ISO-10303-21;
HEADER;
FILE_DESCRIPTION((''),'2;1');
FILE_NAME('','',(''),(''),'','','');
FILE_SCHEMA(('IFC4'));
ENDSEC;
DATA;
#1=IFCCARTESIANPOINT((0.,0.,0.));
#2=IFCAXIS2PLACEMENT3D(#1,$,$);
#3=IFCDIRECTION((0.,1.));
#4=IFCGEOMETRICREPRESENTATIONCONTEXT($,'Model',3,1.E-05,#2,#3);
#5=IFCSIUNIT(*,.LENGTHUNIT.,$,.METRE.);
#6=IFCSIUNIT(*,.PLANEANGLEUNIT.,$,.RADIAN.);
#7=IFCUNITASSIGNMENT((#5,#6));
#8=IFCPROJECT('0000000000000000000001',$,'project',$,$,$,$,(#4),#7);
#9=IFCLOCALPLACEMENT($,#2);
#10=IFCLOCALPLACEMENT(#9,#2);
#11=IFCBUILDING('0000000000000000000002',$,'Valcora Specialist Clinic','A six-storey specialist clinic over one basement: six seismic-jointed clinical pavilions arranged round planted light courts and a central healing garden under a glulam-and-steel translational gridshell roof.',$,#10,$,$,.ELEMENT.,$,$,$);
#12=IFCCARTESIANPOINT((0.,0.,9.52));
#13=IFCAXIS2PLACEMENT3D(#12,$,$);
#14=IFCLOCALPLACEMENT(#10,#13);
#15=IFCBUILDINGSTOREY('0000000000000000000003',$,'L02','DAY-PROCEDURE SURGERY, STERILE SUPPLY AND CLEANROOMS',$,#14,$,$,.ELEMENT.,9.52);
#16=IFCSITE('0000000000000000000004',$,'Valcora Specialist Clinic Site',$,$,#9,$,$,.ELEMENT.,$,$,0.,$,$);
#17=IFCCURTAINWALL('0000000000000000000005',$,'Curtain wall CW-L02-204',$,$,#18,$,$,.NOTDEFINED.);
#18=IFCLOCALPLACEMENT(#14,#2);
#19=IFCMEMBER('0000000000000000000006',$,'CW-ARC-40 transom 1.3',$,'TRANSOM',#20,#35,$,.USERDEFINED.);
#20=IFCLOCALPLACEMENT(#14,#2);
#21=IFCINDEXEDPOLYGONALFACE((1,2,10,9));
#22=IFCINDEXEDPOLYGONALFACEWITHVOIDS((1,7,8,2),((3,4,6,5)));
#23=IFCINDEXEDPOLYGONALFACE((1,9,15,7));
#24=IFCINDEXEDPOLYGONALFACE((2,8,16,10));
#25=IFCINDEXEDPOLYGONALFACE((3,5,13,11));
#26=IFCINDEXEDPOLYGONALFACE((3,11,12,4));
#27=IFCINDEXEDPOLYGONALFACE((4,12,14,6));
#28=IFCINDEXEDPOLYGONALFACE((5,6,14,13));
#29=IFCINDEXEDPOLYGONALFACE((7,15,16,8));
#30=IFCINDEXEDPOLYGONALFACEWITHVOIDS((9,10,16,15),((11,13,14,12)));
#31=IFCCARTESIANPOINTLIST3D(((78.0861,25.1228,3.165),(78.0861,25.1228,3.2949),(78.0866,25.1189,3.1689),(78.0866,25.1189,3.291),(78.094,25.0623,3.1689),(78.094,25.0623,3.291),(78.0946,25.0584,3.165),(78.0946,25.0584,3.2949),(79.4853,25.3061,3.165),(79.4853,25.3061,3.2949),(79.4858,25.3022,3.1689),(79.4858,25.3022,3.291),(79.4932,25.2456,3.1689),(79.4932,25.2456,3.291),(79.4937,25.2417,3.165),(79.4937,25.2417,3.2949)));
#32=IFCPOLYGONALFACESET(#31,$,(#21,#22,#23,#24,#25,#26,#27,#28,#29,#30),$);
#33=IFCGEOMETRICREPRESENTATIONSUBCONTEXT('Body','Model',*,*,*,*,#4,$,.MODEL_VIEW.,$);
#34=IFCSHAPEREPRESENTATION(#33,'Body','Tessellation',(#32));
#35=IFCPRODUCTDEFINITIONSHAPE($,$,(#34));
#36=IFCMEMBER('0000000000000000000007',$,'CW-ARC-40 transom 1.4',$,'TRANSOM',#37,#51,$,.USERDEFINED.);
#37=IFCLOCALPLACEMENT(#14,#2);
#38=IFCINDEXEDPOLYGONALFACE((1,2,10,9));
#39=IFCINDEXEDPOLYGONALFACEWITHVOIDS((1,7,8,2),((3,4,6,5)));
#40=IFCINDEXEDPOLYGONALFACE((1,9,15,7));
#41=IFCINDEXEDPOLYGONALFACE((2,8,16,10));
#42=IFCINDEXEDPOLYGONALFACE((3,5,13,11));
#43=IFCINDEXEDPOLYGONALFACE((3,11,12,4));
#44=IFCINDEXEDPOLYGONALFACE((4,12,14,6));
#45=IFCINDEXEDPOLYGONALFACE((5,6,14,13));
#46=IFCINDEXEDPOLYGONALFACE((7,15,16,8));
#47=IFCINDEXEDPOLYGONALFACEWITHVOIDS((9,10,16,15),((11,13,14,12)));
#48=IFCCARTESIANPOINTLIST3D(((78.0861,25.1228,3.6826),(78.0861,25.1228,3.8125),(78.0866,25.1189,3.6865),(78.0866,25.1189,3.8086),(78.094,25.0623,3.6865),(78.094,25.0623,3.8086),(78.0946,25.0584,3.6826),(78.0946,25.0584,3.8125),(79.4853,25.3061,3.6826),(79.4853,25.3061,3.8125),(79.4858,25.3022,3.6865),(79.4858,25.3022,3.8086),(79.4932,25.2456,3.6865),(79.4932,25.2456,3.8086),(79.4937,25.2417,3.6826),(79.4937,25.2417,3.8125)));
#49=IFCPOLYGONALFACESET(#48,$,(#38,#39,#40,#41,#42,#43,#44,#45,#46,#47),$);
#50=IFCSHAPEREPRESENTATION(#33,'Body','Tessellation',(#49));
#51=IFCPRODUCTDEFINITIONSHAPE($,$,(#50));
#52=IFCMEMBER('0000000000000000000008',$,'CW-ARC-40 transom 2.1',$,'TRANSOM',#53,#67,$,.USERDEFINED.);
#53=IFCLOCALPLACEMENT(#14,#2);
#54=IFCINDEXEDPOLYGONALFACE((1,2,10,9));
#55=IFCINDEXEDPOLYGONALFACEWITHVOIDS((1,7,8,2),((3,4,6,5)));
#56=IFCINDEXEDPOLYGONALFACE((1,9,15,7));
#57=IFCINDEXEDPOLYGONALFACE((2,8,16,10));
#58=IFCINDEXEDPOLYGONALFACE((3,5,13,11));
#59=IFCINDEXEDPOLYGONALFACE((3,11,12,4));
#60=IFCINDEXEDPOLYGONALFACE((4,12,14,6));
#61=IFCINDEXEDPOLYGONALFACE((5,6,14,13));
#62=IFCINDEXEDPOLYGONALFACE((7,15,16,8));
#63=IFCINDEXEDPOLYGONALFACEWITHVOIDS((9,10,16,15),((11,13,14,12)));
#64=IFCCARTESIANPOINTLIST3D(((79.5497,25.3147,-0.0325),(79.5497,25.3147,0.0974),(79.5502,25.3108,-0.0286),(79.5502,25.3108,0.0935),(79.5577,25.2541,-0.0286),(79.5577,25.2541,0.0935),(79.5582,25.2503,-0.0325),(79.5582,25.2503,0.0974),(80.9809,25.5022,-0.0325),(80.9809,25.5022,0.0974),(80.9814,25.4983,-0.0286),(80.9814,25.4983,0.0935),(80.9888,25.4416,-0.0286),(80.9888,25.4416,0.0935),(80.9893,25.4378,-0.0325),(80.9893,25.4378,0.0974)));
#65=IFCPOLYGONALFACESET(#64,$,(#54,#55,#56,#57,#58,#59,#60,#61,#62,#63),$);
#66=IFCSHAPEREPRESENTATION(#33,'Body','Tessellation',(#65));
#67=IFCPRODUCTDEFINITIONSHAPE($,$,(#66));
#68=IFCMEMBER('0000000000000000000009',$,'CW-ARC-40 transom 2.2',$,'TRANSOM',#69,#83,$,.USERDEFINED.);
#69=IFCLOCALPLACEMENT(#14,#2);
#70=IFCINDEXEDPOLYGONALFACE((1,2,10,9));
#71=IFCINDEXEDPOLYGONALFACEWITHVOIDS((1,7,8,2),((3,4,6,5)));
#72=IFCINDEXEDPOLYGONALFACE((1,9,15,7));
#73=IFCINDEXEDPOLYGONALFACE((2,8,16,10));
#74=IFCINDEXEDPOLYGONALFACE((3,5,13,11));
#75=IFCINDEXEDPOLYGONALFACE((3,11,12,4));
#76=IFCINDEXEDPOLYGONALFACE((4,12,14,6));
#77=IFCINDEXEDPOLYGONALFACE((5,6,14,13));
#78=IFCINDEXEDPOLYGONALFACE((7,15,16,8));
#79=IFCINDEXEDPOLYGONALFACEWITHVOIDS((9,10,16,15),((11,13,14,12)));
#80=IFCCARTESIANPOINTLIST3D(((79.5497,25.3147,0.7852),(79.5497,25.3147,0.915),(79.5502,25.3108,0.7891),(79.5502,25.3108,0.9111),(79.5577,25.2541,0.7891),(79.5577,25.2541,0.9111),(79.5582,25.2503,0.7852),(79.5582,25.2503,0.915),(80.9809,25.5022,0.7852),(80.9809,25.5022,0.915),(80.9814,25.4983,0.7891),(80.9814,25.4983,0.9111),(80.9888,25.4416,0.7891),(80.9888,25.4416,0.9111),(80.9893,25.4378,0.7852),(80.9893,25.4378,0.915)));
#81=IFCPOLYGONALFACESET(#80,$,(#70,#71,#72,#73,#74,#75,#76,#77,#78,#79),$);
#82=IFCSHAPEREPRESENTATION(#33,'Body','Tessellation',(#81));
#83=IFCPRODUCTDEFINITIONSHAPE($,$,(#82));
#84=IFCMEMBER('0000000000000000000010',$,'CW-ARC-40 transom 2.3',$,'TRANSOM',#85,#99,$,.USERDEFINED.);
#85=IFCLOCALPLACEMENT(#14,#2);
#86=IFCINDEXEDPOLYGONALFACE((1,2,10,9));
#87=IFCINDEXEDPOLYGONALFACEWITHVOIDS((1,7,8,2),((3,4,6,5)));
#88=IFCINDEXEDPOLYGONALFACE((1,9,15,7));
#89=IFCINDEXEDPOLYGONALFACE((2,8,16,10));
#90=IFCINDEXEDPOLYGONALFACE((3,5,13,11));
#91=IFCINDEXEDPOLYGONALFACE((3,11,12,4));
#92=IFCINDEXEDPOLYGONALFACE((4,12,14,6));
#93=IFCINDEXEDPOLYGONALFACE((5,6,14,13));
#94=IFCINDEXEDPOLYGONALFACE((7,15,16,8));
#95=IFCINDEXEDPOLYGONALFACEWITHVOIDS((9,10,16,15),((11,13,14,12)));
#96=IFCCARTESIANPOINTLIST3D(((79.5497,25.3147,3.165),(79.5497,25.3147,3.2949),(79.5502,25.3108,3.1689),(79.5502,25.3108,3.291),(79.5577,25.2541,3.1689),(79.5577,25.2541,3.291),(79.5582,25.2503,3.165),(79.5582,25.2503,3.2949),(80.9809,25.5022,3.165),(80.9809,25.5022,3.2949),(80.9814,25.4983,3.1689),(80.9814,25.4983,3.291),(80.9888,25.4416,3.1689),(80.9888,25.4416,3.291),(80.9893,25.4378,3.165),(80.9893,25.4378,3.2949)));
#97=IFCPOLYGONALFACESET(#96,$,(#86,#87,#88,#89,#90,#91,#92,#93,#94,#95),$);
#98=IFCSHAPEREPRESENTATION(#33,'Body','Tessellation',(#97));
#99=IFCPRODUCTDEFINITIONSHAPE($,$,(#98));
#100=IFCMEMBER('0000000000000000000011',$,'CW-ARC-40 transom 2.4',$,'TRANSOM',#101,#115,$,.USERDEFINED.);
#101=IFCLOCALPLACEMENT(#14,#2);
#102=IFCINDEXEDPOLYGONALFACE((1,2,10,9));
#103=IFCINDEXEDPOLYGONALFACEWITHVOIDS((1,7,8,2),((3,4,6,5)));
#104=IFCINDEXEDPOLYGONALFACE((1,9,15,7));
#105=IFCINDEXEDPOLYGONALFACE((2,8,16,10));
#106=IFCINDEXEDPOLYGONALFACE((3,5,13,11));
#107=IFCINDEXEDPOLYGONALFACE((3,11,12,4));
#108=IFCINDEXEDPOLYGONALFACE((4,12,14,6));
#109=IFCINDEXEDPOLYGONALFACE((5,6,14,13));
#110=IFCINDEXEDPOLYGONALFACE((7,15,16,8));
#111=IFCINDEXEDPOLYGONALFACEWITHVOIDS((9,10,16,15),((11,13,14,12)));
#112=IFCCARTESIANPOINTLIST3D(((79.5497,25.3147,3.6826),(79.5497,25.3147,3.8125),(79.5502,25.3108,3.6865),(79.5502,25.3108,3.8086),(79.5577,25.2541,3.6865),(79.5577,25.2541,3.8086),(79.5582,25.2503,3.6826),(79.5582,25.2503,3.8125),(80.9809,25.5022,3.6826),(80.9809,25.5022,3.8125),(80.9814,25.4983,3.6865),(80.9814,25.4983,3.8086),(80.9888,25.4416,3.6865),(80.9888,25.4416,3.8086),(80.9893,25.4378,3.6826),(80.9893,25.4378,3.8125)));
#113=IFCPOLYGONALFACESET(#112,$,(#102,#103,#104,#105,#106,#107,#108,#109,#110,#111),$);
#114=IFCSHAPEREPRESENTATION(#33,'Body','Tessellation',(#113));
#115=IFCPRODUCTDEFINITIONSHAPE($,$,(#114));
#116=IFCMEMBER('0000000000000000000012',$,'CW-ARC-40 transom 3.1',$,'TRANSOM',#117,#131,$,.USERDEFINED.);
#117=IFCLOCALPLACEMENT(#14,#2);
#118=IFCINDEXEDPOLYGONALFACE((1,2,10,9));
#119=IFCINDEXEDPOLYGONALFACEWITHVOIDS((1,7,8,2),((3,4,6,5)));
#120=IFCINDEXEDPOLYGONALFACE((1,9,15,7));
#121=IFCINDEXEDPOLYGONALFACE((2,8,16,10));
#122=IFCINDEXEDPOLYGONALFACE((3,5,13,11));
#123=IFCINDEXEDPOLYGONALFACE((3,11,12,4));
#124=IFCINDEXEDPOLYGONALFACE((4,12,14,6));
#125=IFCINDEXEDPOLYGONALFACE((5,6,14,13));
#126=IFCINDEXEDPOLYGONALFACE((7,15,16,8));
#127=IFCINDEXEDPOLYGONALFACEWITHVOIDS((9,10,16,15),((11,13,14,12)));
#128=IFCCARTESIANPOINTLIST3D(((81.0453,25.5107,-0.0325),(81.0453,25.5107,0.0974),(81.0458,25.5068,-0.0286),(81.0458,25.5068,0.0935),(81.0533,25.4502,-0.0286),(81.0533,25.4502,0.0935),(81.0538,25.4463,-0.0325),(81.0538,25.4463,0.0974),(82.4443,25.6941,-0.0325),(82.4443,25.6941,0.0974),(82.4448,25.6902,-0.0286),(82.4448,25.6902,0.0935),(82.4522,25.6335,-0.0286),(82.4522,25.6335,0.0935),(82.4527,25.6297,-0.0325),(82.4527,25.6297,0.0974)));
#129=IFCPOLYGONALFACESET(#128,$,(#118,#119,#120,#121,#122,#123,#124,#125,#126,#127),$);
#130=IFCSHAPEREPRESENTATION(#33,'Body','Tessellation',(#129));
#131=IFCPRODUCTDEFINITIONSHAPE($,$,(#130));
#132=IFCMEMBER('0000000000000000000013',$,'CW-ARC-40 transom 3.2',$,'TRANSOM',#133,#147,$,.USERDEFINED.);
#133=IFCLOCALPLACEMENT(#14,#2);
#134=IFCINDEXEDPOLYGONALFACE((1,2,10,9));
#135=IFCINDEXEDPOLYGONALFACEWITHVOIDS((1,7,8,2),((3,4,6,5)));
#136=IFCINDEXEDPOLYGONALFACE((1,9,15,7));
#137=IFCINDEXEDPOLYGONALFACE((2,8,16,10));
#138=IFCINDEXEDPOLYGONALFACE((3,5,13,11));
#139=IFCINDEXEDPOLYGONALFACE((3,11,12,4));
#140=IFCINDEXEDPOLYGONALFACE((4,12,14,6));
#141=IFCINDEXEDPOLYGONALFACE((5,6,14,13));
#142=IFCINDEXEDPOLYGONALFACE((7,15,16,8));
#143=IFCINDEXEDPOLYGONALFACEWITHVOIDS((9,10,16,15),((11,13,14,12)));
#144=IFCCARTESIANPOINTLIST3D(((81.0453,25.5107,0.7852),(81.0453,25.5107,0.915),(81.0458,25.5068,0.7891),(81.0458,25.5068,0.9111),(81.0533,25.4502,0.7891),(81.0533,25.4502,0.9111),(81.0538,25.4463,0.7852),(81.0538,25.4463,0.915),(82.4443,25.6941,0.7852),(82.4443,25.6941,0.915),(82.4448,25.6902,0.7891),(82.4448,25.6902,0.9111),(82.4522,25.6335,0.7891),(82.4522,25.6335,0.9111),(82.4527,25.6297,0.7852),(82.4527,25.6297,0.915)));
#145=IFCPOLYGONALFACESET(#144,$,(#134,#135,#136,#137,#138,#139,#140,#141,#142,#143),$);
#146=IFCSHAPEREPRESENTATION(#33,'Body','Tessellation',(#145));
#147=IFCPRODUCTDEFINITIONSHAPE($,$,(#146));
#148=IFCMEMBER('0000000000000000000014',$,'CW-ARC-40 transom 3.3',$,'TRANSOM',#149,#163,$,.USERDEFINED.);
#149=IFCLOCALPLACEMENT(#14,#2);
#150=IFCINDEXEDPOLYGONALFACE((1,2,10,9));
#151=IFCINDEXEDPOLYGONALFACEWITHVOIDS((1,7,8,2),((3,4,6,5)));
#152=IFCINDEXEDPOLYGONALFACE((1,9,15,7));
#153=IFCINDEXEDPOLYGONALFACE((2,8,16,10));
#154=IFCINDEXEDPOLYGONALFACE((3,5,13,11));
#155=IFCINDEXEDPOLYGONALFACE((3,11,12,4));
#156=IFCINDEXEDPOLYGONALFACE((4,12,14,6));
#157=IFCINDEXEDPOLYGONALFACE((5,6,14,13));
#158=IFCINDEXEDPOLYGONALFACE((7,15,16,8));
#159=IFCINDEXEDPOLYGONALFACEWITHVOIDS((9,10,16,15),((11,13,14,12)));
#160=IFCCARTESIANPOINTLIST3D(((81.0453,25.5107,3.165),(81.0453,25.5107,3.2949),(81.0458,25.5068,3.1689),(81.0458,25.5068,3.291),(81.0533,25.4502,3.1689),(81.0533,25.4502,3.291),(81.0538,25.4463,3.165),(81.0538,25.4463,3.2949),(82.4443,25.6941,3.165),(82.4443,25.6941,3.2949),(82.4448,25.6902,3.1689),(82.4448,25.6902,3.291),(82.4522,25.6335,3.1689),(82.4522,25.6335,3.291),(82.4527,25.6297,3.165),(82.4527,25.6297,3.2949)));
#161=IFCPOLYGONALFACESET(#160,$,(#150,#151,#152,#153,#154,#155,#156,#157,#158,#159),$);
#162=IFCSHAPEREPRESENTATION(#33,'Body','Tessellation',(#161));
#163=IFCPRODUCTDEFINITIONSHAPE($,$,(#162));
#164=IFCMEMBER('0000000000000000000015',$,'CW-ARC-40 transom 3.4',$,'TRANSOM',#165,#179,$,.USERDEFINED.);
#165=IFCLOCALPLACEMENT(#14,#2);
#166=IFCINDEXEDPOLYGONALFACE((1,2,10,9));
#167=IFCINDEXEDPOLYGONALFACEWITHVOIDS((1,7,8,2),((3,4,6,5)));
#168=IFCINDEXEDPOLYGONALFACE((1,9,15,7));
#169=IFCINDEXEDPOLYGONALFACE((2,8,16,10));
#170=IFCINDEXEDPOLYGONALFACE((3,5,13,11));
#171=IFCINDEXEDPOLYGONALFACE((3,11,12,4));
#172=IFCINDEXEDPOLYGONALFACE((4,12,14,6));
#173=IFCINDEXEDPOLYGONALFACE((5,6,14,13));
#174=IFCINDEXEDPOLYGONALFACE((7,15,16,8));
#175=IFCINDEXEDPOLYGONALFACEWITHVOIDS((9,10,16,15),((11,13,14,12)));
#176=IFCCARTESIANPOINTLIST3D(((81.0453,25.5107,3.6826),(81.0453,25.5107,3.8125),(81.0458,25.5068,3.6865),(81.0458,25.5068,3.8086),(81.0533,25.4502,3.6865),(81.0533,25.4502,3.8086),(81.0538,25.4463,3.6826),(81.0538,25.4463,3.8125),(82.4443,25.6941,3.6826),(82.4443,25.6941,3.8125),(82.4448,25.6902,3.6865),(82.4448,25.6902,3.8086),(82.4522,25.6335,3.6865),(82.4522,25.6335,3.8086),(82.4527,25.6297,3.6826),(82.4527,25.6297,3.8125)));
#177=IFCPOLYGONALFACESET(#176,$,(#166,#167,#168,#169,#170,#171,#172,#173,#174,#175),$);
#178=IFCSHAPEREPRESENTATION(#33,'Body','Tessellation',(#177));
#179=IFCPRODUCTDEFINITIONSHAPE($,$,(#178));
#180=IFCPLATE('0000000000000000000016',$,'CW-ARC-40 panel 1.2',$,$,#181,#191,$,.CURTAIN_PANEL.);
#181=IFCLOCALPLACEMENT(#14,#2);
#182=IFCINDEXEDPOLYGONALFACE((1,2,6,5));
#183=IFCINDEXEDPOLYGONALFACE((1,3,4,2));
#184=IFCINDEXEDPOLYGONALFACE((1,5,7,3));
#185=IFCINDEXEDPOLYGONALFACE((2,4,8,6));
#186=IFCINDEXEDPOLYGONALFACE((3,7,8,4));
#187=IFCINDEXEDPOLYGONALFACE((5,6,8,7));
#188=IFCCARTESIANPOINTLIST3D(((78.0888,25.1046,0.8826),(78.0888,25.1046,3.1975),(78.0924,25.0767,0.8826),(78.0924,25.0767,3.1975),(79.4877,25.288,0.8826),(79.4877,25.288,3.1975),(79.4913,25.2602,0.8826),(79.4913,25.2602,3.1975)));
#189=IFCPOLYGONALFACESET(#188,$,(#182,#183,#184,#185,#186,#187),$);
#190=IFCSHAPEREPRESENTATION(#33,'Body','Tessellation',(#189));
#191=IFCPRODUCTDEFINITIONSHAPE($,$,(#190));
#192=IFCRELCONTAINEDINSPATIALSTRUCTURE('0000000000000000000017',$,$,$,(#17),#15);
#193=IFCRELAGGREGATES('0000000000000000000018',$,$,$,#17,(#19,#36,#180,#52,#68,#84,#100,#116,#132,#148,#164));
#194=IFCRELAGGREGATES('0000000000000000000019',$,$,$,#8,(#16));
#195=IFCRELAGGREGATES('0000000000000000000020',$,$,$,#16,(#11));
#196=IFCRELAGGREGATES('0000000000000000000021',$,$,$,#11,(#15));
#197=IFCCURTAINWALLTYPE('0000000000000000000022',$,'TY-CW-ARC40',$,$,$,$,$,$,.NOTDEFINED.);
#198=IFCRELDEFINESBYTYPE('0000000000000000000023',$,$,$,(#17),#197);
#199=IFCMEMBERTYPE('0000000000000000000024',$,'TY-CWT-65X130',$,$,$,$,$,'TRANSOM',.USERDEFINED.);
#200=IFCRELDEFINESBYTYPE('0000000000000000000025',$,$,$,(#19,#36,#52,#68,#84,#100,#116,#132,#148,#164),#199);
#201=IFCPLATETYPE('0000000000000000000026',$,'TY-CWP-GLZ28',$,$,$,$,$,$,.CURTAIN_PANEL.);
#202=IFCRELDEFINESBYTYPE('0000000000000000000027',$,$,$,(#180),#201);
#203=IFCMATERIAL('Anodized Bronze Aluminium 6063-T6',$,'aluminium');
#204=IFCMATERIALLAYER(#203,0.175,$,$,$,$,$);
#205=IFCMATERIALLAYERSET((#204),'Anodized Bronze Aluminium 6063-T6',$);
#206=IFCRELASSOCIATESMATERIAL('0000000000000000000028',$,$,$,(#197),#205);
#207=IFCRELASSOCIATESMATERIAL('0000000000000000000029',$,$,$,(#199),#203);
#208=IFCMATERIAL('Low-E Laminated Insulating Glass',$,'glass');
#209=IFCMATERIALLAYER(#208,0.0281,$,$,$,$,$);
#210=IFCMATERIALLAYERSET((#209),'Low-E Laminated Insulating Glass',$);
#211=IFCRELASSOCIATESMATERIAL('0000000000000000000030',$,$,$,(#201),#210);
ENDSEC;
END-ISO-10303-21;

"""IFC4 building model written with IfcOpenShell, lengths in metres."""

from ifc_helpers import new_model, si_unit, direction, frame, origin, origin_2d, place, context, subcontext, project, spatial, rectangle, hollow_rectangle, extrude, material, layer, layer_set, material_profile, profile_set, type_object, element, aggregate, save


model = new_model("IFC4")

# Units and contexts
model_context = context("Model", 3, precision=1e-05, world=origin(), true_north=direction((0.0, 1.0)))
body_context = subcontext(model_context, "Body", "Model", "MODEL_VIEW")
ifc_project = project(units=[si_unit("LENGTHUNIT", "METRE"), si_unit("PLANEANGLEUNIT", "RADIAN")], contexts=[model_context])

# Site, building, storey
site_placement = place(None, origin())
site = spatial("IfcSite", under=ifc_project, at=site_placement, Name="Valcora Specialist Clinic Site", CompositionType="ELEMENT", RefElevation=0.0)
building_placement = place(site_placement, origin())
building = spatial("IfcBuilding", under=site, at=building_placement, Name="Valcora Specialist Clinic", Description="A six-storey specialist clinic over one basement: six seismic-jointed clinical pavilions arranged round planted light courts and a central healing garden under a glulam-and-steel translational gridshell roof.", CompositionType="ELEMENT")
storey_placement = place(building_placement, frame((0.0, 0.0, 9.52)))
storey = spatial("IfcBuildingStorey", under=building, at=storey_placement, Name="L02", Description="DAY-PROCEDURE SURGERY, STERILE SUPPLY AND CLEANROOMS", CompositionType="ELEMENT", Elevation=9.52)

# Curtain wall
ifc_material_1 = material(Name="Anodized Bronze Aluminium 6063-T6", Category="aluminium")
ifc_layer_1 = layer(ifc_material_1, 0.175)
ifc_layer_set_1 = layer_set([ifc_layer_1], Name="Anodized Bronze Aluminium 6063-T6")
curtain_wall_type = type_object("IfcCurtainWallType", Name="TY-CW-ARC40", PredefinedType="NOTDEFINED", material=ifc_layer_set_1)
curtain_wall_1_placement = place(storey_placement, origin())
curtain_wall_1 = element("IfcCurtainWall", 1, at=curtain_wall_1_placement, inside=storey, type_object=curtain_wall_type, Name="Curtain wall CW-L02-204", PredefinedType="NOTDEFINED")

# Members
ifc_material_profile_1 = material_profile(ifc_material_1, hollow_rectangle(XDim=0.0649, YDim=0.1299, WallThickness=0.0039, at=origin_2d()), Name="AL-TRN-65X130")
ifc_profile_set_1 = profile_set([ifc_material_profile_1], Name="Anodized Bronze Aluminium 6063-T6")
member_type_1 = type_object("IfcMemberType", Name="TY-CWT-65X130", ElementType="TRANSOM", PredefinedType="USERDEFINED", material=ifc_profile_set_1)
member_1_placement = place(storey_placement, frame((78.0903, 25.0906, 3.23), z_axis=(0.991523, 0.129931, 0.0), x_axis=(-0.129931, 0.991523, 0.0)))
member_1 = element("IfcMember", 2, at=member_1_placement, type_object=member_type_1, Name="CW-ARC-40 transom 1.3", ObjectType="TRANSOM", PredefinedType="USERDEFINED", context=body_context, shape_type="SweptSolid", body=[
    extrude(hollow_rectangle(XDim=0.0649, YDim=0.1299, WallThickness=0.0039, at=origin_2d()), origin(), (0.0, 0.0, 1.0), 1.4111),
])
member_2_placement = place(storey_placement, frame((78.0903, 25.0906, 3.7476), z_axis=(0.991523, 0.129931, 0.0), x_axis=(-0.129931, 0.991523, 0.0)))
member_2 = element("IfcMember", 3, at=member_2_placement, type_object=member_type_1, Name="CW-ARC-40 transom 1.4", ObjectType="TRANSOM", PredefinedType="USERDEFINED", context=body_context, shape_type="SweptSolid", body=[
    extrude(hollow_rectangle(XDim=0.0649, YDim=0.1299, WallThickness=0.0039, at=origin_2d()), origin(), (0.0, 0.0, 1.0), 1.4111),
])
member_3_placement = place(storey_placement, frame((79.554, 25.2825, 0.0325), z_axis=(0.991527, 0.129903, 0.0), x_axis=(-0.129903, 0.991527, 0.0)))
member_3 = element("IfcMember", 4, at=member_3_placement, type_object=member_type_1, Name="CW-ARC-40 transom 2.1", ObjectType="TRANSOM", PredefinedType="USERDEFINED", context=body_context, shape_type="SweptSolid", body=[
    extrude(hollow_rectangle(XDim=0.0649, YDim=0.1299, WallThickness=0.0039, at=origin_2d()), origin(), (0.0, 0.0, 1.0), 1.4434),
])
member_4_placement = place(storey_placement, frame((79.554, 25.2825, 0.8501), z_axis=(0.991527, 0.129903, 0.0), x_axis=(-0.129903, 0.991527, 0.0)))
member_4 = element("IfcMember", 5, at=member_4_placement, type_object=member_type_1, Name="CW-ARC-40 transom 2.2", ObjectType="TRANSOM", PredefinedType="USERDEFINED", context=body_context, shape_type="SweptSolid", body=[
    extrude(hollow_rectangle(XDim=0.0649, YDim=0.1299, WallThickness=0.0039, at=origin_2d()), origin(), (0.0, 0.0, 1.0), 1.4434),
])
member_5_placement = place(storey_placement, frame((79.554, 25.2825, 3.23), z_axis=(0.991527, 0.129903, 0.0), x_axis=(-0.129903, 0.991527, 0.0)))
member_5 = element("IfcMember", 6, at=member_5_placement, type_object=member_type_1, Name="CW-ARC-40 transom 2.3", ObjectType="TRANSOM", PredefinedType="USERDEFINED", context=body_context, shape_type="SweptSolid", body=[
    extrude(hollow_rectangle(XDim=0.0649, YDim=0.1299, WallThickness=0.0039, at=origin_2d()), origin(), (0.0, 0.0, 1.0), 1.4434),
])
member_6_placement = place(storey_placement, frame((79.554, 25.2825, 3.7476), z_axis=(0.991527, 0.129903, 0.0), x_axis=(-0.129903, 0.991527, 0.0)))
member_6 = element("IfcMember", 7, at=member_6_placement, type_object=member_type_1, Name="CW-ARC-40 transom 2.4", ObjectType="TRANSOM", PredefinedType="USERDEFINED", context=body_context, shape_type="SweptSolid", body=[
    extrude(hollow_rectangle(XDim=0.0649, YDim=0.1299, WallThickness=0.0039, at=origin_2d()), origin(), (0.0, 0.0, 1.0), 1.4434),
])
member_7_placement = place(storey_placement, frame((81.0496, 25.4785, 0.0325), z_axis=(0.99152, 0.129953, 0.0), x_axis=(-0.129953, 0.99152, 0.0)))
member_7 = element("IfcMember", 8, at=member_7_placement, type_object=member_type_1, Name="CW-ARC-40 transom 3.1", ObjectType="TRANSOM", PredefinedType="USERDEFINED", context=body_context, shape_type="SweptSolid", body=[
    extrude(hollow_rectangle(XDim=0.0649, YDim=0.1299, WallThickness=0.0039, at=origin_2d()), origin(), (0.0, 0.0, 1.0), 1.4109),
])
member_8_placement = place(storey_placement, frame((81.0496, 25.4785, 0.8501), z_axis=(0.99152, 0.129953, 0.0), x_axis=(-0.129953, 0.99152, 0.0)))
member_8 = element("IfcMember", 9, at=member_8_placement, type_object=member_type_1, Name="CW-ARC-40 transom 3.2", ObjectType="TRANSOM", PredefinedType="USERDEFINED", context=body_context, shape_type="SweptSolid", body=[
    extrude(hollow_rectangle(XDim=0.0649, YDim=0.1299, WallThickness=0.0039, at=origin_2d()), origin(), (0.0, 0.0, 1.0), 1.4109),
])
member_9_placement = place(storey_placement, frame((81.0496, 25.4785, 3.23), z_axis=(0.99152, 0.129953, 0.0), x_axis=(-0.129953, 0.99152, 0.0)))
member_9 = element("IfcMember", 10, at=member_9_placement, type_object=member_type_1, Name="CW-ARC-40 transom 3.3", ObjectType="TRANSOM", PredefinedType="USERDEFINED", context=body_context, shape_type="SweptSolid", body=[
    extrude(hollow_rectangle(XDim=0.0649, YDim=0.1299, WallThickness=0.0039, at=origin_2d()), origin(), (0.0, 0.0, 1.0), 1.4109),
])
member_10_placement = place(storey_placement, frame((81.0496, 25.4785, 3.7476), z_axis=(0.99152, 0.129953, 0.0), x_axis=(-0.129953, 0.99152, 0.0)))
member_10 = element("IfcMember", 11, at=member_10_placement, type_object=member_type_1, Name="CW-ARC-40 transom 3.4", ObjectType="TRANSOM", PredefinedType="USERDEFINED", context=body_context, shape_type="SweptSolid", body=[
    extrude(hollow_rectangle(XDim=0.0649, YDim=0.1299, WallThickness=0.0039, at=origin_2d()), origin(), (0.0, 0.0, 1.0), 1.4109),
])

# Plate
ifc_material_2 = material(Name="Low-E Laminated Insulating Glass", Category="glass")
ifc_layer_2 = layer(ifc_material_2, 0.0281)
ifc_layer_set_2 = layer_set([ifc_layer_2], Name="Low-E Laminated Insulating Glass")
plate_type_1 = type_object("IfcPlateType", Name="TY-CWP-GLZ28", PredefinedType="CURTAIN_PANEL", material=ifc_layer_set_2)
plate_1_placement = place(storey_placement, frame((78.79, 25.1824, 0.8826), z_axis=(0.0, 0.0, 1.0), x_axis=(0.991514, 0.129999, 0.0)))
plate_1 = element("IfcPlate", 12, at=plate_1_placement, type_object=plate_type_1, Name="CW-ARC-40 panel 1.2", PredefinedType="CURTAIN_PANEL", context=body_context, shape_type="SweptSolid", body=[
    extrude(rectangle(XDim=1.4109, YDim=0.0281, at=origin_2d()), origin(), (0.0, 0.0, 1.0), 2.3149),
])
aggregate(curtain_wall_1, [member_1, member_2, plate_1, member_3, member_4, member_5, member_6, member_7, member_8, member_9, member_10])

save(model, "model.ifc")
